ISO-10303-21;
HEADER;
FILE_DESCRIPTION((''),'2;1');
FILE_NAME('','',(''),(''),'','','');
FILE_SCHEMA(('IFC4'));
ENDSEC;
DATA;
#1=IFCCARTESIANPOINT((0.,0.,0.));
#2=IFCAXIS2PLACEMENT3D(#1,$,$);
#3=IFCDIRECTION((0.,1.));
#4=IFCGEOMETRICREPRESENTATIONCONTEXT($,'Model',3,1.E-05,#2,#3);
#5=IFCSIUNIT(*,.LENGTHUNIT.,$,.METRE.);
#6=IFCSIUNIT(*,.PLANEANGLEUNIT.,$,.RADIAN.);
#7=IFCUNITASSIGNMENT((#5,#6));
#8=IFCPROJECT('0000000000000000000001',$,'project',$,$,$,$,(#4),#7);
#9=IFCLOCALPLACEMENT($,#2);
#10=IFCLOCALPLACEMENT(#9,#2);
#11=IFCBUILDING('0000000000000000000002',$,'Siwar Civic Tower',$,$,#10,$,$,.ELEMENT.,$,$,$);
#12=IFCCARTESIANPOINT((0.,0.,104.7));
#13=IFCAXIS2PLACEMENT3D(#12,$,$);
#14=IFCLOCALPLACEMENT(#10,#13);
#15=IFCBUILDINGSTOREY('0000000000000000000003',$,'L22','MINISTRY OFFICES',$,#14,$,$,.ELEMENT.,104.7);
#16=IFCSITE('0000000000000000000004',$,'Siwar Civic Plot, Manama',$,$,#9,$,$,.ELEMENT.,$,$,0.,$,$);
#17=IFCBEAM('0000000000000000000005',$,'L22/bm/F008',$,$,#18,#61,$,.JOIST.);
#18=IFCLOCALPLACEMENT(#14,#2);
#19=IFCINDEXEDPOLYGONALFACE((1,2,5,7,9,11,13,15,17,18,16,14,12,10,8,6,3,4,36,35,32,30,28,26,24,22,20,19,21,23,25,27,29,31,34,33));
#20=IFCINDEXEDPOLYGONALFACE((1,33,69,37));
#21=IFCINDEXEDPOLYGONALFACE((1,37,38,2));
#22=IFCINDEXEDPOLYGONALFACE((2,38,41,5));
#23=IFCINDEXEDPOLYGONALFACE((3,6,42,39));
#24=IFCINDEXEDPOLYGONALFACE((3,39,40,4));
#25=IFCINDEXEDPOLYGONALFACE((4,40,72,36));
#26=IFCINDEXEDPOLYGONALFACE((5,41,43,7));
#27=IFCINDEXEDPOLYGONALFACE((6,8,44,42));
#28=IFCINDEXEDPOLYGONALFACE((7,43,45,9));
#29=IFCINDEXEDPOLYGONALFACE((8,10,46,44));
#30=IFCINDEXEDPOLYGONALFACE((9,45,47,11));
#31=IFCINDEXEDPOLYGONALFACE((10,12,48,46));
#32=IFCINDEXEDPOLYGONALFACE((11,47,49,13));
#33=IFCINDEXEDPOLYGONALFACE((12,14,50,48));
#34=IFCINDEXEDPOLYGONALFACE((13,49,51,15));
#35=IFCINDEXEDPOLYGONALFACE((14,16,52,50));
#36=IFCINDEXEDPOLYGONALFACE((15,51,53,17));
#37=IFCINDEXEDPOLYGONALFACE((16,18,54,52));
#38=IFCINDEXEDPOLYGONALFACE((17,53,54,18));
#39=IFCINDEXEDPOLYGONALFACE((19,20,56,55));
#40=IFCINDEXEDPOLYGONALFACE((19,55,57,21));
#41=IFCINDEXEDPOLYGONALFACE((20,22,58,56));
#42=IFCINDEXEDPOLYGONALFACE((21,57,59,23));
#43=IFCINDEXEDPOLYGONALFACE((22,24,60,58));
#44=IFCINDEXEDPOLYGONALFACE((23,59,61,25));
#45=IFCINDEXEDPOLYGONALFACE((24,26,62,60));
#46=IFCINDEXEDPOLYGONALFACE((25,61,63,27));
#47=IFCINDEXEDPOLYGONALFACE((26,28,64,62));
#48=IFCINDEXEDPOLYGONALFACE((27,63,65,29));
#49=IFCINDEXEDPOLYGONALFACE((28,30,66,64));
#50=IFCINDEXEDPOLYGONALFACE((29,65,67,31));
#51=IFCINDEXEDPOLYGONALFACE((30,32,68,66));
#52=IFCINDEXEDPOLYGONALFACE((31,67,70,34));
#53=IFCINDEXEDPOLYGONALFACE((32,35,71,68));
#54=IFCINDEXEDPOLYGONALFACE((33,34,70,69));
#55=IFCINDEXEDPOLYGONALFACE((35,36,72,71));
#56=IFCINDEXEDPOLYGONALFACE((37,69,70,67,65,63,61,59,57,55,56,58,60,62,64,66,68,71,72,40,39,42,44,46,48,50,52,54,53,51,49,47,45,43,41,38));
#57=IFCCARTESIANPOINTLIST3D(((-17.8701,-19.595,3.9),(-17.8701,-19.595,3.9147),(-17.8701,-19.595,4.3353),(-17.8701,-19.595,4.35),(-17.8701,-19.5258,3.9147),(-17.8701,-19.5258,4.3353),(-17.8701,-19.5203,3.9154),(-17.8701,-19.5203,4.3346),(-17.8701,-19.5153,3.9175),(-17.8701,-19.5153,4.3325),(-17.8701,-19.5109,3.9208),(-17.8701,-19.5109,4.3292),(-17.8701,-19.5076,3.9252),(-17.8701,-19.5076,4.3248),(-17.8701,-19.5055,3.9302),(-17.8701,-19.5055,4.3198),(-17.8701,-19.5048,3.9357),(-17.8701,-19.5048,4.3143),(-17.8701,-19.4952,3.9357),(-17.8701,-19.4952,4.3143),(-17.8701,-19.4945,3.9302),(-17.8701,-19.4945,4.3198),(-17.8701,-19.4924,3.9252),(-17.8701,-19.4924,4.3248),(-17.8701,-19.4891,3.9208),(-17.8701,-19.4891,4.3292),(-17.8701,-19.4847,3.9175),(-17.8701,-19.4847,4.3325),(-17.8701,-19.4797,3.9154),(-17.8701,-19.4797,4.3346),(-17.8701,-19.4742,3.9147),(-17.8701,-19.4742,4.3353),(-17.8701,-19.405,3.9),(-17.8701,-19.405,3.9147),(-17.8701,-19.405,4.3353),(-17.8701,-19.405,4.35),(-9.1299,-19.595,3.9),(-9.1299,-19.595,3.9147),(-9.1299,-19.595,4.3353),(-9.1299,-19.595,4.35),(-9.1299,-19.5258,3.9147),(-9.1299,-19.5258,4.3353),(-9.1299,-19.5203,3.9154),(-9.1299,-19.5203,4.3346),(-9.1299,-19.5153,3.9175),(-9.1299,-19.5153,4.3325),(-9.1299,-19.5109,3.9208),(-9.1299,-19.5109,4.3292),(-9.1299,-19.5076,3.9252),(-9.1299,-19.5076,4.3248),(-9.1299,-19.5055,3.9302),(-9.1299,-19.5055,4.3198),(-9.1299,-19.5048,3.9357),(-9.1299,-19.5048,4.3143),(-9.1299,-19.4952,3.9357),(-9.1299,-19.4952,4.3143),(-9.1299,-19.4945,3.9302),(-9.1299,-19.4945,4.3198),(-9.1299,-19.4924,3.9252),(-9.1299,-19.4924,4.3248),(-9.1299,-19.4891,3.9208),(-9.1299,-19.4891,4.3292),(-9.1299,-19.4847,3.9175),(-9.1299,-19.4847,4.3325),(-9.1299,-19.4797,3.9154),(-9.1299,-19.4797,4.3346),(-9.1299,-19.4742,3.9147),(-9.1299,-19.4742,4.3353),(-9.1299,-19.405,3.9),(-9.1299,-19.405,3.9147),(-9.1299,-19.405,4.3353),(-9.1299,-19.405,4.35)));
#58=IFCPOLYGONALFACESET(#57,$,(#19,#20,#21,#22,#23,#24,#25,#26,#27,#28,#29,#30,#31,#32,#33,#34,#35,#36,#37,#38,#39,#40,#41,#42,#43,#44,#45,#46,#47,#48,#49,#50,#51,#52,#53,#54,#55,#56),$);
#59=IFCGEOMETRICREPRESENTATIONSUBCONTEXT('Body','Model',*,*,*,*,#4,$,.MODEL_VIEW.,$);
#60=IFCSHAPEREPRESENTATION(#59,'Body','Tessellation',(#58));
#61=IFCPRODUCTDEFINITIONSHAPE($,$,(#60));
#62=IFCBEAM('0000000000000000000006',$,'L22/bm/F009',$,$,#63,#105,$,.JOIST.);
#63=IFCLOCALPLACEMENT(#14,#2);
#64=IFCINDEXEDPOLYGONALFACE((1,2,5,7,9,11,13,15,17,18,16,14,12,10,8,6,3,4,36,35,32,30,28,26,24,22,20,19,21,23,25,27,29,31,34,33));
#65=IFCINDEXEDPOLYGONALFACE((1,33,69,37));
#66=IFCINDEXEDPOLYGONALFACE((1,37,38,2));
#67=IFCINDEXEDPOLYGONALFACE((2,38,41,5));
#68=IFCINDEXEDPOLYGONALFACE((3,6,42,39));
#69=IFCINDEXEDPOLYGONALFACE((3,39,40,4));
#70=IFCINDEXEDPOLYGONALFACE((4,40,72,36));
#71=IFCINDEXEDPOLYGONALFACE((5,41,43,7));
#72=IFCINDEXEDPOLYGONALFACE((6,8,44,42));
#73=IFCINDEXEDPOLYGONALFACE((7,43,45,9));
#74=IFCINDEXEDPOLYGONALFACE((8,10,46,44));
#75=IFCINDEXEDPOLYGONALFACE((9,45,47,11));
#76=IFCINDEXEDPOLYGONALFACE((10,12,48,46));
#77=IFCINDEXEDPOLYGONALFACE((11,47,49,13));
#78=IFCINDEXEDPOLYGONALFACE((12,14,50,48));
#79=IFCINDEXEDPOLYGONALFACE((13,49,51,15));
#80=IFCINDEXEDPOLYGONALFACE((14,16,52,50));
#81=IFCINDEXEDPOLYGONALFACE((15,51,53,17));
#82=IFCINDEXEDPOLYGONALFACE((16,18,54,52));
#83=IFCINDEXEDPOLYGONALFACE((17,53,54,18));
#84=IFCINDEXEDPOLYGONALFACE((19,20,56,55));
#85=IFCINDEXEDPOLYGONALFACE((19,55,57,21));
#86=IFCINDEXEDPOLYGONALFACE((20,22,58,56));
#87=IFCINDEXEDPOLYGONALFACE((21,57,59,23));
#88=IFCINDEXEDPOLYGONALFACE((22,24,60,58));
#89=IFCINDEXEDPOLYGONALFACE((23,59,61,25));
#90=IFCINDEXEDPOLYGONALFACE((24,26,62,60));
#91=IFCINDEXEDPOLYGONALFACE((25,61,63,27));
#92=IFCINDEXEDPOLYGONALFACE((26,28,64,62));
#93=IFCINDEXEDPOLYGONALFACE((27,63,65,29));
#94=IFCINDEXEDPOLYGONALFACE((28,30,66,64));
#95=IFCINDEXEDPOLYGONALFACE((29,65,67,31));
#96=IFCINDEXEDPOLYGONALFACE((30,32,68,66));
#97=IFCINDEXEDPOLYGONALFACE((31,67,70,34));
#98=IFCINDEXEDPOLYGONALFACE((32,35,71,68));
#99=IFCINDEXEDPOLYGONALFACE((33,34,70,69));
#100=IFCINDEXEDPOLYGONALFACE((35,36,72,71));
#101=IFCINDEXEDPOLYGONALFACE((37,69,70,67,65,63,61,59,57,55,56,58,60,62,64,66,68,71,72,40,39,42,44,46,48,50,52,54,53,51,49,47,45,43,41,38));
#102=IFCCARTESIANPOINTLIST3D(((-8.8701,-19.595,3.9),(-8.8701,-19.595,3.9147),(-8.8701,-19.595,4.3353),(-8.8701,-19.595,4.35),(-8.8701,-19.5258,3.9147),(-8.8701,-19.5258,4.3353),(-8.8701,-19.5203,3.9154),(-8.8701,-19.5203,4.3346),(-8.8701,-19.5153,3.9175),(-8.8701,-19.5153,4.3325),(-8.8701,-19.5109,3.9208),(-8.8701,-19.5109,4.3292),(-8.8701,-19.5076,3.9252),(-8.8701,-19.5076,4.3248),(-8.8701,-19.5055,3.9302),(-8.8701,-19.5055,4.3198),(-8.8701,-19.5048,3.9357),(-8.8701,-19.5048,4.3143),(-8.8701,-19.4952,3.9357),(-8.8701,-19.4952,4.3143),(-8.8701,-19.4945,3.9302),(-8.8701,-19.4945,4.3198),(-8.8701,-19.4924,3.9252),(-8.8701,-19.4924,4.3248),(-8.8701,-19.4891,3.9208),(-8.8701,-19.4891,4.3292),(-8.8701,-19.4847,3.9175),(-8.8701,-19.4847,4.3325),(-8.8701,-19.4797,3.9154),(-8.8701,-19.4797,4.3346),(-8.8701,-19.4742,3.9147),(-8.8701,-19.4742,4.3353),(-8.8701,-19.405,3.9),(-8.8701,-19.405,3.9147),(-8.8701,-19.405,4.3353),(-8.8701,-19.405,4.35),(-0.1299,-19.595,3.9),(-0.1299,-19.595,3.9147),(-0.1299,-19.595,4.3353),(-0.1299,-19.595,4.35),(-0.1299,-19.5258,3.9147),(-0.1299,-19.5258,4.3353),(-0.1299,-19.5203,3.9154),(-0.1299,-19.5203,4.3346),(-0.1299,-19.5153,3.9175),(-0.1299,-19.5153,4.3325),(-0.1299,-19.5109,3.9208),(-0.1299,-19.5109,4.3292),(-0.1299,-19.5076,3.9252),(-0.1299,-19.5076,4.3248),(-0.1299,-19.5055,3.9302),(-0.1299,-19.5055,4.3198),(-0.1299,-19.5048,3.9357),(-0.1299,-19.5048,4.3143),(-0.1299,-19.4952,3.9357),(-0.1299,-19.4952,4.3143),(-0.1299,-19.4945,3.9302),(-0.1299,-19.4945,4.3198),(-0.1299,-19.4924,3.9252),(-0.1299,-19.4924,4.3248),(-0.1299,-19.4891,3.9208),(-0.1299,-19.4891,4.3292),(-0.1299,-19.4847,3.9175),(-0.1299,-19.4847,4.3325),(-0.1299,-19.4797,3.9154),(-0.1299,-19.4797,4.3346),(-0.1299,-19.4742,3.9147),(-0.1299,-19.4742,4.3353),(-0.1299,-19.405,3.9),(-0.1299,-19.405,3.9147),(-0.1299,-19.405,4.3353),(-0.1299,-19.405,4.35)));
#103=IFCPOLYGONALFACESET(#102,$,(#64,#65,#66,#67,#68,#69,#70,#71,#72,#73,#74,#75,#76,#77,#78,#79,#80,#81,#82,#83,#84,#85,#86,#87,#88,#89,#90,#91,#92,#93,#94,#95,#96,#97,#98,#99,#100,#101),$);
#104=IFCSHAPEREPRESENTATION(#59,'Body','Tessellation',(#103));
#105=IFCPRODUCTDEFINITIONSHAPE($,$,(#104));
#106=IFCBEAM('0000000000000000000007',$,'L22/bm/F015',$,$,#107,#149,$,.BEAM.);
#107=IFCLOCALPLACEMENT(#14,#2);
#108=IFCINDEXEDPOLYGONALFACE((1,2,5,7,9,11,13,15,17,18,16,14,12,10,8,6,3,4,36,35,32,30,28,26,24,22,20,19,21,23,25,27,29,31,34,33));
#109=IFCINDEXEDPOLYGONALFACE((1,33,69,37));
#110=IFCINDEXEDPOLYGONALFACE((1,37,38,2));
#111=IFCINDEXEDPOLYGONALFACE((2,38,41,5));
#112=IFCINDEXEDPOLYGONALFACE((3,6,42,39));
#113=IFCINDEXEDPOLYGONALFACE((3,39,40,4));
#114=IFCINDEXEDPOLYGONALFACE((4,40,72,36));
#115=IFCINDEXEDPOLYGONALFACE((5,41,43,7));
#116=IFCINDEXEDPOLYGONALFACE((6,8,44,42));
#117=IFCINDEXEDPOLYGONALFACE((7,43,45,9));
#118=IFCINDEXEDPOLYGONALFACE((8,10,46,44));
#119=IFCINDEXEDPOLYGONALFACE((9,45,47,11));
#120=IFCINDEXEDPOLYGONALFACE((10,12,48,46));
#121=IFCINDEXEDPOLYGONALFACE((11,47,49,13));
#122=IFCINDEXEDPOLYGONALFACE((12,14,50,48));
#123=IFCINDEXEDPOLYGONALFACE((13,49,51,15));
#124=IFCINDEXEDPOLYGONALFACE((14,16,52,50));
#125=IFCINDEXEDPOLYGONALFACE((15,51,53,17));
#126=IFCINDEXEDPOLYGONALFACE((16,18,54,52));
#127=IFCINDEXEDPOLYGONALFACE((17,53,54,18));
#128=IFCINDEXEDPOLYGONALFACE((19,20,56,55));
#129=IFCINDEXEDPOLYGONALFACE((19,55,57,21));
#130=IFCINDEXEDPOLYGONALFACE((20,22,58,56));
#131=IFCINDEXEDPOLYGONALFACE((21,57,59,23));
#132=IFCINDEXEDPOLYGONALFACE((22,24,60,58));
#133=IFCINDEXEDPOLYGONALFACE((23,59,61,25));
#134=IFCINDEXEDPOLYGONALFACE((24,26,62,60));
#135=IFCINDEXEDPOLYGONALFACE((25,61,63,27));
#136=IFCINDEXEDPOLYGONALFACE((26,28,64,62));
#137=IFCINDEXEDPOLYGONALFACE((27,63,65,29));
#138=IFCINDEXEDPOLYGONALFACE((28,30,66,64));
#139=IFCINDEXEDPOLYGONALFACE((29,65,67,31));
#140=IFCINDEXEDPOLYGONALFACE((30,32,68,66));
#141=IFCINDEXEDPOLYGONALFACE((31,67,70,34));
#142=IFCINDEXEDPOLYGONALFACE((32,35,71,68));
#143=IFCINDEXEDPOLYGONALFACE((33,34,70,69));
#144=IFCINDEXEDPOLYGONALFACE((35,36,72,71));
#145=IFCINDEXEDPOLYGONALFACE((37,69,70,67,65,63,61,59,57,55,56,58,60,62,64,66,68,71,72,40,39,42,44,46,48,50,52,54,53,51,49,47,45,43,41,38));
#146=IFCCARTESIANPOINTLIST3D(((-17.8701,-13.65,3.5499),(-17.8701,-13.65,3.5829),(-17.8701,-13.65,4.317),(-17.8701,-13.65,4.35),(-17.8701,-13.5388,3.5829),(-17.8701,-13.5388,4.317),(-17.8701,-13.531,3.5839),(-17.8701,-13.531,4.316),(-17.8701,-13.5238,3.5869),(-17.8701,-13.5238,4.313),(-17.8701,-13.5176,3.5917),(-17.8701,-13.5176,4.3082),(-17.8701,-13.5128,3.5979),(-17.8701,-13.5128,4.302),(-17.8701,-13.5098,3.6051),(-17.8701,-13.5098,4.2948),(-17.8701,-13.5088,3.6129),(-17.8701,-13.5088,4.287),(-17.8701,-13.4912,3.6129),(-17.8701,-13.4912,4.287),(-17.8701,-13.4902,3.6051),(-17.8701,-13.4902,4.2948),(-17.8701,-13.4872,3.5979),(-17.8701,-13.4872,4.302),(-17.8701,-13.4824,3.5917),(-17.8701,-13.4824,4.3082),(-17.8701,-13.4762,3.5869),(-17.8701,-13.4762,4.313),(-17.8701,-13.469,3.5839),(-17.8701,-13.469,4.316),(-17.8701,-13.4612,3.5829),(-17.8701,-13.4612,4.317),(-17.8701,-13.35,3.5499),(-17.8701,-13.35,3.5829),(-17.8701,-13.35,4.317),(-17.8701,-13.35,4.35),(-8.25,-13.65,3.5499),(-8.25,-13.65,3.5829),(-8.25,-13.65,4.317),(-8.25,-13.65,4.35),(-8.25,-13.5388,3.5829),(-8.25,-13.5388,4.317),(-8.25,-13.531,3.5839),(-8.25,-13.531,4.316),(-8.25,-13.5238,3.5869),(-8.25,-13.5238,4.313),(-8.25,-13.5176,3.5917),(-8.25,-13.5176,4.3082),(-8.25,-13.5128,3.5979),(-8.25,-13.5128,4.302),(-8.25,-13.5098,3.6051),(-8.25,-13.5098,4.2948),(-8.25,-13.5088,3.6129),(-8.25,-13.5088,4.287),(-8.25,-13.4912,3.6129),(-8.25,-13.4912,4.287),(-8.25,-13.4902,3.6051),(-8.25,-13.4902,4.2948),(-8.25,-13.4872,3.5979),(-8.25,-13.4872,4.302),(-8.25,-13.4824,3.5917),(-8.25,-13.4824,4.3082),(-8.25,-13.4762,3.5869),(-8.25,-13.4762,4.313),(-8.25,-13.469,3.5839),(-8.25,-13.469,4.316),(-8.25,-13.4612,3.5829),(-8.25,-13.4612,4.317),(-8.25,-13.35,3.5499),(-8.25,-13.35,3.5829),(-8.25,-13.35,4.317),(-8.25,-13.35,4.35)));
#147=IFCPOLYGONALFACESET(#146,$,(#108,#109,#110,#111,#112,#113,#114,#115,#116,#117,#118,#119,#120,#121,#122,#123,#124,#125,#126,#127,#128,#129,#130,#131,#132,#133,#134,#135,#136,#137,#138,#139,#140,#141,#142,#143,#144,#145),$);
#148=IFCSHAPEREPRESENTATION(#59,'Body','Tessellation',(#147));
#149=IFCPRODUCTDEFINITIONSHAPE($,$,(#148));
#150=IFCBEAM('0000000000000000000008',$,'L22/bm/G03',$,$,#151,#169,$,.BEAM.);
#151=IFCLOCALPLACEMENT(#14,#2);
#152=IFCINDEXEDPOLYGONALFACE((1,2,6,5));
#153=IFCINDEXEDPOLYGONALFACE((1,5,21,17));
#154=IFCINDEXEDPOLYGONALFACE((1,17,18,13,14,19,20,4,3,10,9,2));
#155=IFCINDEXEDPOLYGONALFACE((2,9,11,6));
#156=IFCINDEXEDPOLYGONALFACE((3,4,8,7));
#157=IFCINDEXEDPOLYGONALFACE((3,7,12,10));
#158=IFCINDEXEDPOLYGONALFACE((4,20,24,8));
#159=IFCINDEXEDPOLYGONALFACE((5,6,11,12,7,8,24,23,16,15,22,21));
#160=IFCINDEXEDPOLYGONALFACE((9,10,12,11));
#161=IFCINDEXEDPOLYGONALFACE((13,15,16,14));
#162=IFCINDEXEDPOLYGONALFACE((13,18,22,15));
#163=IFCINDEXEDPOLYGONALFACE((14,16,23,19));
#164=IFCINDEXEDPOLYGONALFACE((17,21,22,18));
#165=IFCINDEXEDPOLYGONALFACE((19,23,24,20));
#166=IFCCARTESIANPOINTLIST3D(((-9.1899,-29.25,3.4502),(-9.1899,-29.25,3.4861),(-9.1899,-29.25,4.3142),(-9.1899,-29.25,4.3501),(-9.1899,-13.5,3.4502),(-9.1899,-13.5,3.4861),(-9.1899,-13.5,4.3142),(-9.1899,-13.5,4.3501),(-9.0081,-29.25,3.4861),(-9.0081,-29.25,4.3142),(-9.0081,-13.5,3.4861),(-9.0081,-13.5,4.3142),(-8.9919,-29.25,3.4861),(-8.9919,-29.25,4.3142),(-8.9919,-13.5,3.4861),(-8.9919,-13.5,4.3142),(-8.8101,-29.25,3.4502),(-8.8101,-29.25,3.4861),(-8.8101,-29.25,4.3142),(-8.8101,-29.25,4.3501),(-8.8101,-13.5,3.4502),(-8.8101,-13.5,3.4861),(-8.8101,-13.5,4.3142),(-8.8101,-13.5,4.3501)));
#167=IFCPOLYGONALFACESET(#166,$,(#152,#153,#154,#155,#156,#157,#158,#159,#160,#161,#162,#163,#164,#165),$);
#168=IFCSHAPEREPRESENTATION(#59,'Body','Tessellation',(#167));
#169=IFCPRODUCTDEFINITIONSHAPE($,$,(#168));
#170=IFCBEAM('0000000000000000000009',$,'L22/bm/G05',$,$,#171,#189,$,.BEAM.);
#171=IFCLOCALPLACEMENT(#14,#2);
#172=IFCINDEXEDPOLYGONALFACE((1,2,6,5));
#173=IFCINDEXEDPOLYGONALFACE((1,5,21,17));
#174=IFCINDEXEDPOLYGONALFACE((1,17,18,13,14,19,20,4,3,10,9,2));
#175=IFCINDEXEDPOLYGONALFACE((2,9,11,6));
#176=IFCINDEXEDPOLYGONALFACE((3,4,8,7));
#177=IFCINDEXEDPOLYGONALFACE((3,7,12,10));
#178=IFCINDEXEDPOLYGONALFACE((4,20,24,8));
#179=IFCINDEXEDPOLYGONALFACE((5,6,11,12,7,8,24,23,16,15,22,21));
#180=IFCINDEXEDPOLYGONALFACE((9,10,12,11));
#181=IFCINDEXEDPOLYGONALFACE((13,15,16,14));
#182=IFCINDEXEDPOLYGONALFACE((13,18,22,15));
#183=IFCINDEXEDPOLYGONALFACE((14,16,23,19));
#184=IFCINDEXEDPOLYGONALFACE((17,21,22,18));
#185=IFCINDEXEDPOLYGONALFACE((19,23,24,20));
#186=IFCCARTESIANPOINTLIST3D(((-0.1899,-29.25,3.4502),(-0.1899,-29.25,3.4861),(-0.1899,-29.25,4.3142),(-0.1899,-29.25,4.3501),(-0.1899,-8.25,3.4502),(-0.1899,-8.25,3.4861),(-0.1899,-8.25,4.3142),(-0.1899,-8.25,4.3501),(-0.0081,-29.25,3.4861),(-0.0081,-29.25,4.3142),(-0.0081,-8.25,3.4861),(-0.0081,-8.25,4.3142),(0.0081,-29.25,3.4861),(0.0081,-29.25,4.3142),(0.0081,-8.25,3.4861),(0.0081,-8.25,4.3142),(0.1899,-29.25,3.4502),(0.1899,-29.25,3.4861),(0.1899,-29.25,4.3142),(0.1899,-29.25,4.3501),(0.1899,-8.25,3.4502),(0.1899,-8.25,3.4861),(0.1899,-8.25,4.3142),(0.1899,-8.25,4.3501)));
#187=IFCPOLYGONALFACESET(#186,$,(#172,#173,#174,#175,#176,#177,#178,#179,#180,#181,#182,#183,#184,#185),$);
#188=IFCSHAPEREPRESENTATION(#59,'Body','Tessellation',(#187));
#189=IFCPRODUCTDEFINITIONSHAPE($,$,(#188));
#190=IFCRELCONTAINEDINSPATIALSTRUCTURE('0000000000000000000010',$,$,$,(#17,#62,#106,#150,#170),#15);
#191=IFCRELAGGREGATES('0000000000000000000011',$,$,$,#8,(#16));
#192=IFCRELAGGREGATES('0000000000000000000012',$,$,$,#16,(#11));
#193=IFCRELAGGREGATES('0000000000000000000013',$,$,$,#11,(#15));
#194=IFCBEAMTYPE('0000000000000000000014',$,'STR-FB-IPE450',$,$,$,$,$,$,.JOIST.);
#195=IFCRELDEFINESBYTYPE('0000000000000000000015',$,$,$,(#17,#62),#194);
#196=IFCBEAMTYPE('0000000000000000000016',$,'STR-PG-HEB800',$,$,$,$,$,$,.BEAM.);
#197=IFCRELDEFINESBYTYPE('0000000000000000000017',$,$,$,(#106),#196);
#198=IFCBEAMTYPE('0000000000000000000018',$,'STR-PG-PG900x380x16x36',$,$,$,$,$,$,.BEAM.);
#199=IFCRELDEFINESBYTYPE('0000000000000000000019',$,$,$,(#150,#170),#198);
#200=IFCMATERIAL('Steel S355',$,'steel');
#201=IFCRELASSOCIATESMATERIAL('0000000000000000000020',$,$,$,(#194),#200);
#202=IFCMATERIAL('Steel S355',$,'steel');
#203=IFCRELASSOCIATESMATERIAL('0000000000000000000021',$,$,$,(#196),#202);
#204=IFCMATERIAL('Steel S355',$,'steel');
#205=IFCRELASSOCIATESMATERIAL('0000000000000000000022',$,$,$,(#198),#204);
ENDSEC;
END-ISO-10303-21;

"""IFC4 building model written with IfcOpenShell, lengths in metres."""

from ifc_helpers import new_model, si_unit, direction, frame, origin, origin_2d, place, context, subcontext, project, spatial, i_section, extrude, material, material_profile, profile_set, type_object, element, save


model = new_model("IFC4")

# Units and contexts
model_context = context("Model", 3, precision=1e-05, world=origin(), true_north=direction((0.0, 1.0)))
body_context = subcontext(model_context, "Body", "Model", "MODEL_VIEW")
ifc_project = project(units=[si_unit("LENGTHUNIT", "METRE"), si_unit("PLANEANGLEUNIT", "RADIAN")], contexts=[model_context])

# Site, building, storey
site_placement = place(None, origin())
site = spatial("IfcSite", under=ifc_project, at=site_placement, Name="Siwar Civic Plot, Manama", CompositionType="ELEMENT", RefElevation=0.0)
building_placement = place(site_placement, origin())
building = spatial("IfcBuilding", under=site, at=building_placement, Name="Siwar Civic Tower", CompositionType="ELEMENT")
storey_placement = place(building_placement, frame((0.0, 0.0, 104.7)))
storey = spatial("IfcBuildingStorey", under=building, at=storey_placement, Name="L22", Description="MINISTRY OFFICES", CompositionType="ELEMENT", Elevation=104.7)

# Beams
ifc_material_1 = material(Name="Steel S355", Category="steel")
ifc_material_profile_1 = material_profile(ifc_material_1, i_section(OverallWidth=0.1899, OverallDepth=0.45, WebThickness=0.0095, FlangeThickness=0.0146, FilletRadius=0.021, at=origin_2d()), Name="IPE450")
ifc_profile_set_1 = profile_set([ifc_material_profile_1], Name="Steel S355")
beam_type_1 = type_object("IfcBeamType", Name="STR-FB-IPE450", PredefinedType="JOIST", material=ifc_profile_set_1)
for number, where, z_axis, x_axis, name in (
    (1, (-17.8701, -19.5, 4.125), (1.0, 0.0, 0.0), (0.0, 1.0, 0.0), "L22/bm/F008"),
    (2, (-8.8701, -19.5, 4.125), (1.0, 0.0, 0.0), (0.0, 1.0, 0.0), "L22/bm/F009"),
):
    element("IfcBeam", number, at=place(storey_placement, frame(where, z_axis=z_axis, x_axis=x_axis)), inside=storey, type_object=beam_type_1, Name=name, PredefinedType="JOIST", context=body_context, shape_type="SweptSolid", body=[
        extrude(i_section(OverallWidth=0.1899, OverallDepth=0.45, WebThickness=0.0095, FlangeThickness=0.0146, FilletRadius=0.021, at=origin_2d()), origin(), (0.0, 0.0, 1.0), 8.7402),
    ])
ifc_material_2 = material(Name="Steel S355", Category="steel")
ifc_material_profile_2 = material_profile(ifc_material_2, i_section(OverallWidth=0.3, OverallDepth=0.8, WebThickness=0.0176, FlangeThickness=0.033, FilletRadius=0.03, at=origin_2d()), Name="HEB800")
ifc_profile_set_2 = profile_set([ifc_material_profile_2], Name="Steel S355")
beam_type_2 = type_object("IfcBeamType", Name="STR-PG-HEB800", PredefinedType="BEAM", material=ifc_profile_set_2)
beam_1_placement = place(storey_placement, frame((-17.8701, -13.5, 3.95), z_axis=(1.0, 0.0, 0.0), x_axis=(0.0, 1.0, 0.0)))
element("IfcBeam", 3, at=beam_1_placement, inside=storey, type_object=beam_type_2, Name="L22/bm/F015", PredefinedType="BEAM", context=body_context, shape_type="SweptSolid", body=[
    extrude(i_section(OverallWidth=0.3, OverallDepth=0.8, WebThickness=0.0176, FlangeThickness=0.033, FilletRadius=0.03, at=origin_2d()), origin(), (0.0, 0.0, 1.0), 9.6201),
])
ifc_material_3 = material(Name="Steel S355", Category="steel")
ifc_material_profile_3 = material_profile(ifc_material_3, i_section(OverallWidth=0.3799, OverallDepth=0.8999, WebThickness=0.0161, FlangeThickness=0.0359, at=origin_2d()), Name="PG900x380x16x36")
ifc_profile_set_3 = profile_set([ifc_material_profile_3], Name="Steel S355")
beam_type_3 = type_object("IfcBeamType", Name="STR-PG-PG900x380x16x36", PredefinedType="BEAM", material=ifc_profile_set_3)
beam_2_placement = place(storey_placement, frame((-9.0, -29.25, 3.9001), z_axis=(0.0, 1.0, 0.0), x_axis=(-1.0, 0.0, 0.0)))
element("IfcBeam", 4, at=beam_2_placement, inside=storey, type_object=beam_type_3, Name="L22/bm/G03", PredefinedType="BEAM", context=body_context, shape_type="SweptSolid", body=[
    extrude(i_section(OverallWidth=0.3799, OverallDepth=0.8999, WebThickness=0.0161, FlangeThickness=0.0359, at=origin_2d()), origin(), (0.0, 0.0, 1.0), 15.75),
])
beam_3_placement = place(storey_placement, frame((0.0, -29.25, 3.9001), z_axis=(0.0, 1.0, 0.0), x_axis=(-1.0, 0.0, 0.0)))
element("IfcBeam", 5, at=beam_3_placement, inside=storey, type_object=beam_type_3, Name="L22/bm/G05", PredefinedType="BEAM", context=body_context, shape_type="SweptSolid", body=[
    extrude(i_section(OverallWidth=0.3799, OverallDepth=0.8999, WebThickness=0.0161, FlangeThickness=0.0359, at=origin_2d()), origin(), (0.0, 0.0, 1.0), 21.0),
])

save(model, "model.ifc")
